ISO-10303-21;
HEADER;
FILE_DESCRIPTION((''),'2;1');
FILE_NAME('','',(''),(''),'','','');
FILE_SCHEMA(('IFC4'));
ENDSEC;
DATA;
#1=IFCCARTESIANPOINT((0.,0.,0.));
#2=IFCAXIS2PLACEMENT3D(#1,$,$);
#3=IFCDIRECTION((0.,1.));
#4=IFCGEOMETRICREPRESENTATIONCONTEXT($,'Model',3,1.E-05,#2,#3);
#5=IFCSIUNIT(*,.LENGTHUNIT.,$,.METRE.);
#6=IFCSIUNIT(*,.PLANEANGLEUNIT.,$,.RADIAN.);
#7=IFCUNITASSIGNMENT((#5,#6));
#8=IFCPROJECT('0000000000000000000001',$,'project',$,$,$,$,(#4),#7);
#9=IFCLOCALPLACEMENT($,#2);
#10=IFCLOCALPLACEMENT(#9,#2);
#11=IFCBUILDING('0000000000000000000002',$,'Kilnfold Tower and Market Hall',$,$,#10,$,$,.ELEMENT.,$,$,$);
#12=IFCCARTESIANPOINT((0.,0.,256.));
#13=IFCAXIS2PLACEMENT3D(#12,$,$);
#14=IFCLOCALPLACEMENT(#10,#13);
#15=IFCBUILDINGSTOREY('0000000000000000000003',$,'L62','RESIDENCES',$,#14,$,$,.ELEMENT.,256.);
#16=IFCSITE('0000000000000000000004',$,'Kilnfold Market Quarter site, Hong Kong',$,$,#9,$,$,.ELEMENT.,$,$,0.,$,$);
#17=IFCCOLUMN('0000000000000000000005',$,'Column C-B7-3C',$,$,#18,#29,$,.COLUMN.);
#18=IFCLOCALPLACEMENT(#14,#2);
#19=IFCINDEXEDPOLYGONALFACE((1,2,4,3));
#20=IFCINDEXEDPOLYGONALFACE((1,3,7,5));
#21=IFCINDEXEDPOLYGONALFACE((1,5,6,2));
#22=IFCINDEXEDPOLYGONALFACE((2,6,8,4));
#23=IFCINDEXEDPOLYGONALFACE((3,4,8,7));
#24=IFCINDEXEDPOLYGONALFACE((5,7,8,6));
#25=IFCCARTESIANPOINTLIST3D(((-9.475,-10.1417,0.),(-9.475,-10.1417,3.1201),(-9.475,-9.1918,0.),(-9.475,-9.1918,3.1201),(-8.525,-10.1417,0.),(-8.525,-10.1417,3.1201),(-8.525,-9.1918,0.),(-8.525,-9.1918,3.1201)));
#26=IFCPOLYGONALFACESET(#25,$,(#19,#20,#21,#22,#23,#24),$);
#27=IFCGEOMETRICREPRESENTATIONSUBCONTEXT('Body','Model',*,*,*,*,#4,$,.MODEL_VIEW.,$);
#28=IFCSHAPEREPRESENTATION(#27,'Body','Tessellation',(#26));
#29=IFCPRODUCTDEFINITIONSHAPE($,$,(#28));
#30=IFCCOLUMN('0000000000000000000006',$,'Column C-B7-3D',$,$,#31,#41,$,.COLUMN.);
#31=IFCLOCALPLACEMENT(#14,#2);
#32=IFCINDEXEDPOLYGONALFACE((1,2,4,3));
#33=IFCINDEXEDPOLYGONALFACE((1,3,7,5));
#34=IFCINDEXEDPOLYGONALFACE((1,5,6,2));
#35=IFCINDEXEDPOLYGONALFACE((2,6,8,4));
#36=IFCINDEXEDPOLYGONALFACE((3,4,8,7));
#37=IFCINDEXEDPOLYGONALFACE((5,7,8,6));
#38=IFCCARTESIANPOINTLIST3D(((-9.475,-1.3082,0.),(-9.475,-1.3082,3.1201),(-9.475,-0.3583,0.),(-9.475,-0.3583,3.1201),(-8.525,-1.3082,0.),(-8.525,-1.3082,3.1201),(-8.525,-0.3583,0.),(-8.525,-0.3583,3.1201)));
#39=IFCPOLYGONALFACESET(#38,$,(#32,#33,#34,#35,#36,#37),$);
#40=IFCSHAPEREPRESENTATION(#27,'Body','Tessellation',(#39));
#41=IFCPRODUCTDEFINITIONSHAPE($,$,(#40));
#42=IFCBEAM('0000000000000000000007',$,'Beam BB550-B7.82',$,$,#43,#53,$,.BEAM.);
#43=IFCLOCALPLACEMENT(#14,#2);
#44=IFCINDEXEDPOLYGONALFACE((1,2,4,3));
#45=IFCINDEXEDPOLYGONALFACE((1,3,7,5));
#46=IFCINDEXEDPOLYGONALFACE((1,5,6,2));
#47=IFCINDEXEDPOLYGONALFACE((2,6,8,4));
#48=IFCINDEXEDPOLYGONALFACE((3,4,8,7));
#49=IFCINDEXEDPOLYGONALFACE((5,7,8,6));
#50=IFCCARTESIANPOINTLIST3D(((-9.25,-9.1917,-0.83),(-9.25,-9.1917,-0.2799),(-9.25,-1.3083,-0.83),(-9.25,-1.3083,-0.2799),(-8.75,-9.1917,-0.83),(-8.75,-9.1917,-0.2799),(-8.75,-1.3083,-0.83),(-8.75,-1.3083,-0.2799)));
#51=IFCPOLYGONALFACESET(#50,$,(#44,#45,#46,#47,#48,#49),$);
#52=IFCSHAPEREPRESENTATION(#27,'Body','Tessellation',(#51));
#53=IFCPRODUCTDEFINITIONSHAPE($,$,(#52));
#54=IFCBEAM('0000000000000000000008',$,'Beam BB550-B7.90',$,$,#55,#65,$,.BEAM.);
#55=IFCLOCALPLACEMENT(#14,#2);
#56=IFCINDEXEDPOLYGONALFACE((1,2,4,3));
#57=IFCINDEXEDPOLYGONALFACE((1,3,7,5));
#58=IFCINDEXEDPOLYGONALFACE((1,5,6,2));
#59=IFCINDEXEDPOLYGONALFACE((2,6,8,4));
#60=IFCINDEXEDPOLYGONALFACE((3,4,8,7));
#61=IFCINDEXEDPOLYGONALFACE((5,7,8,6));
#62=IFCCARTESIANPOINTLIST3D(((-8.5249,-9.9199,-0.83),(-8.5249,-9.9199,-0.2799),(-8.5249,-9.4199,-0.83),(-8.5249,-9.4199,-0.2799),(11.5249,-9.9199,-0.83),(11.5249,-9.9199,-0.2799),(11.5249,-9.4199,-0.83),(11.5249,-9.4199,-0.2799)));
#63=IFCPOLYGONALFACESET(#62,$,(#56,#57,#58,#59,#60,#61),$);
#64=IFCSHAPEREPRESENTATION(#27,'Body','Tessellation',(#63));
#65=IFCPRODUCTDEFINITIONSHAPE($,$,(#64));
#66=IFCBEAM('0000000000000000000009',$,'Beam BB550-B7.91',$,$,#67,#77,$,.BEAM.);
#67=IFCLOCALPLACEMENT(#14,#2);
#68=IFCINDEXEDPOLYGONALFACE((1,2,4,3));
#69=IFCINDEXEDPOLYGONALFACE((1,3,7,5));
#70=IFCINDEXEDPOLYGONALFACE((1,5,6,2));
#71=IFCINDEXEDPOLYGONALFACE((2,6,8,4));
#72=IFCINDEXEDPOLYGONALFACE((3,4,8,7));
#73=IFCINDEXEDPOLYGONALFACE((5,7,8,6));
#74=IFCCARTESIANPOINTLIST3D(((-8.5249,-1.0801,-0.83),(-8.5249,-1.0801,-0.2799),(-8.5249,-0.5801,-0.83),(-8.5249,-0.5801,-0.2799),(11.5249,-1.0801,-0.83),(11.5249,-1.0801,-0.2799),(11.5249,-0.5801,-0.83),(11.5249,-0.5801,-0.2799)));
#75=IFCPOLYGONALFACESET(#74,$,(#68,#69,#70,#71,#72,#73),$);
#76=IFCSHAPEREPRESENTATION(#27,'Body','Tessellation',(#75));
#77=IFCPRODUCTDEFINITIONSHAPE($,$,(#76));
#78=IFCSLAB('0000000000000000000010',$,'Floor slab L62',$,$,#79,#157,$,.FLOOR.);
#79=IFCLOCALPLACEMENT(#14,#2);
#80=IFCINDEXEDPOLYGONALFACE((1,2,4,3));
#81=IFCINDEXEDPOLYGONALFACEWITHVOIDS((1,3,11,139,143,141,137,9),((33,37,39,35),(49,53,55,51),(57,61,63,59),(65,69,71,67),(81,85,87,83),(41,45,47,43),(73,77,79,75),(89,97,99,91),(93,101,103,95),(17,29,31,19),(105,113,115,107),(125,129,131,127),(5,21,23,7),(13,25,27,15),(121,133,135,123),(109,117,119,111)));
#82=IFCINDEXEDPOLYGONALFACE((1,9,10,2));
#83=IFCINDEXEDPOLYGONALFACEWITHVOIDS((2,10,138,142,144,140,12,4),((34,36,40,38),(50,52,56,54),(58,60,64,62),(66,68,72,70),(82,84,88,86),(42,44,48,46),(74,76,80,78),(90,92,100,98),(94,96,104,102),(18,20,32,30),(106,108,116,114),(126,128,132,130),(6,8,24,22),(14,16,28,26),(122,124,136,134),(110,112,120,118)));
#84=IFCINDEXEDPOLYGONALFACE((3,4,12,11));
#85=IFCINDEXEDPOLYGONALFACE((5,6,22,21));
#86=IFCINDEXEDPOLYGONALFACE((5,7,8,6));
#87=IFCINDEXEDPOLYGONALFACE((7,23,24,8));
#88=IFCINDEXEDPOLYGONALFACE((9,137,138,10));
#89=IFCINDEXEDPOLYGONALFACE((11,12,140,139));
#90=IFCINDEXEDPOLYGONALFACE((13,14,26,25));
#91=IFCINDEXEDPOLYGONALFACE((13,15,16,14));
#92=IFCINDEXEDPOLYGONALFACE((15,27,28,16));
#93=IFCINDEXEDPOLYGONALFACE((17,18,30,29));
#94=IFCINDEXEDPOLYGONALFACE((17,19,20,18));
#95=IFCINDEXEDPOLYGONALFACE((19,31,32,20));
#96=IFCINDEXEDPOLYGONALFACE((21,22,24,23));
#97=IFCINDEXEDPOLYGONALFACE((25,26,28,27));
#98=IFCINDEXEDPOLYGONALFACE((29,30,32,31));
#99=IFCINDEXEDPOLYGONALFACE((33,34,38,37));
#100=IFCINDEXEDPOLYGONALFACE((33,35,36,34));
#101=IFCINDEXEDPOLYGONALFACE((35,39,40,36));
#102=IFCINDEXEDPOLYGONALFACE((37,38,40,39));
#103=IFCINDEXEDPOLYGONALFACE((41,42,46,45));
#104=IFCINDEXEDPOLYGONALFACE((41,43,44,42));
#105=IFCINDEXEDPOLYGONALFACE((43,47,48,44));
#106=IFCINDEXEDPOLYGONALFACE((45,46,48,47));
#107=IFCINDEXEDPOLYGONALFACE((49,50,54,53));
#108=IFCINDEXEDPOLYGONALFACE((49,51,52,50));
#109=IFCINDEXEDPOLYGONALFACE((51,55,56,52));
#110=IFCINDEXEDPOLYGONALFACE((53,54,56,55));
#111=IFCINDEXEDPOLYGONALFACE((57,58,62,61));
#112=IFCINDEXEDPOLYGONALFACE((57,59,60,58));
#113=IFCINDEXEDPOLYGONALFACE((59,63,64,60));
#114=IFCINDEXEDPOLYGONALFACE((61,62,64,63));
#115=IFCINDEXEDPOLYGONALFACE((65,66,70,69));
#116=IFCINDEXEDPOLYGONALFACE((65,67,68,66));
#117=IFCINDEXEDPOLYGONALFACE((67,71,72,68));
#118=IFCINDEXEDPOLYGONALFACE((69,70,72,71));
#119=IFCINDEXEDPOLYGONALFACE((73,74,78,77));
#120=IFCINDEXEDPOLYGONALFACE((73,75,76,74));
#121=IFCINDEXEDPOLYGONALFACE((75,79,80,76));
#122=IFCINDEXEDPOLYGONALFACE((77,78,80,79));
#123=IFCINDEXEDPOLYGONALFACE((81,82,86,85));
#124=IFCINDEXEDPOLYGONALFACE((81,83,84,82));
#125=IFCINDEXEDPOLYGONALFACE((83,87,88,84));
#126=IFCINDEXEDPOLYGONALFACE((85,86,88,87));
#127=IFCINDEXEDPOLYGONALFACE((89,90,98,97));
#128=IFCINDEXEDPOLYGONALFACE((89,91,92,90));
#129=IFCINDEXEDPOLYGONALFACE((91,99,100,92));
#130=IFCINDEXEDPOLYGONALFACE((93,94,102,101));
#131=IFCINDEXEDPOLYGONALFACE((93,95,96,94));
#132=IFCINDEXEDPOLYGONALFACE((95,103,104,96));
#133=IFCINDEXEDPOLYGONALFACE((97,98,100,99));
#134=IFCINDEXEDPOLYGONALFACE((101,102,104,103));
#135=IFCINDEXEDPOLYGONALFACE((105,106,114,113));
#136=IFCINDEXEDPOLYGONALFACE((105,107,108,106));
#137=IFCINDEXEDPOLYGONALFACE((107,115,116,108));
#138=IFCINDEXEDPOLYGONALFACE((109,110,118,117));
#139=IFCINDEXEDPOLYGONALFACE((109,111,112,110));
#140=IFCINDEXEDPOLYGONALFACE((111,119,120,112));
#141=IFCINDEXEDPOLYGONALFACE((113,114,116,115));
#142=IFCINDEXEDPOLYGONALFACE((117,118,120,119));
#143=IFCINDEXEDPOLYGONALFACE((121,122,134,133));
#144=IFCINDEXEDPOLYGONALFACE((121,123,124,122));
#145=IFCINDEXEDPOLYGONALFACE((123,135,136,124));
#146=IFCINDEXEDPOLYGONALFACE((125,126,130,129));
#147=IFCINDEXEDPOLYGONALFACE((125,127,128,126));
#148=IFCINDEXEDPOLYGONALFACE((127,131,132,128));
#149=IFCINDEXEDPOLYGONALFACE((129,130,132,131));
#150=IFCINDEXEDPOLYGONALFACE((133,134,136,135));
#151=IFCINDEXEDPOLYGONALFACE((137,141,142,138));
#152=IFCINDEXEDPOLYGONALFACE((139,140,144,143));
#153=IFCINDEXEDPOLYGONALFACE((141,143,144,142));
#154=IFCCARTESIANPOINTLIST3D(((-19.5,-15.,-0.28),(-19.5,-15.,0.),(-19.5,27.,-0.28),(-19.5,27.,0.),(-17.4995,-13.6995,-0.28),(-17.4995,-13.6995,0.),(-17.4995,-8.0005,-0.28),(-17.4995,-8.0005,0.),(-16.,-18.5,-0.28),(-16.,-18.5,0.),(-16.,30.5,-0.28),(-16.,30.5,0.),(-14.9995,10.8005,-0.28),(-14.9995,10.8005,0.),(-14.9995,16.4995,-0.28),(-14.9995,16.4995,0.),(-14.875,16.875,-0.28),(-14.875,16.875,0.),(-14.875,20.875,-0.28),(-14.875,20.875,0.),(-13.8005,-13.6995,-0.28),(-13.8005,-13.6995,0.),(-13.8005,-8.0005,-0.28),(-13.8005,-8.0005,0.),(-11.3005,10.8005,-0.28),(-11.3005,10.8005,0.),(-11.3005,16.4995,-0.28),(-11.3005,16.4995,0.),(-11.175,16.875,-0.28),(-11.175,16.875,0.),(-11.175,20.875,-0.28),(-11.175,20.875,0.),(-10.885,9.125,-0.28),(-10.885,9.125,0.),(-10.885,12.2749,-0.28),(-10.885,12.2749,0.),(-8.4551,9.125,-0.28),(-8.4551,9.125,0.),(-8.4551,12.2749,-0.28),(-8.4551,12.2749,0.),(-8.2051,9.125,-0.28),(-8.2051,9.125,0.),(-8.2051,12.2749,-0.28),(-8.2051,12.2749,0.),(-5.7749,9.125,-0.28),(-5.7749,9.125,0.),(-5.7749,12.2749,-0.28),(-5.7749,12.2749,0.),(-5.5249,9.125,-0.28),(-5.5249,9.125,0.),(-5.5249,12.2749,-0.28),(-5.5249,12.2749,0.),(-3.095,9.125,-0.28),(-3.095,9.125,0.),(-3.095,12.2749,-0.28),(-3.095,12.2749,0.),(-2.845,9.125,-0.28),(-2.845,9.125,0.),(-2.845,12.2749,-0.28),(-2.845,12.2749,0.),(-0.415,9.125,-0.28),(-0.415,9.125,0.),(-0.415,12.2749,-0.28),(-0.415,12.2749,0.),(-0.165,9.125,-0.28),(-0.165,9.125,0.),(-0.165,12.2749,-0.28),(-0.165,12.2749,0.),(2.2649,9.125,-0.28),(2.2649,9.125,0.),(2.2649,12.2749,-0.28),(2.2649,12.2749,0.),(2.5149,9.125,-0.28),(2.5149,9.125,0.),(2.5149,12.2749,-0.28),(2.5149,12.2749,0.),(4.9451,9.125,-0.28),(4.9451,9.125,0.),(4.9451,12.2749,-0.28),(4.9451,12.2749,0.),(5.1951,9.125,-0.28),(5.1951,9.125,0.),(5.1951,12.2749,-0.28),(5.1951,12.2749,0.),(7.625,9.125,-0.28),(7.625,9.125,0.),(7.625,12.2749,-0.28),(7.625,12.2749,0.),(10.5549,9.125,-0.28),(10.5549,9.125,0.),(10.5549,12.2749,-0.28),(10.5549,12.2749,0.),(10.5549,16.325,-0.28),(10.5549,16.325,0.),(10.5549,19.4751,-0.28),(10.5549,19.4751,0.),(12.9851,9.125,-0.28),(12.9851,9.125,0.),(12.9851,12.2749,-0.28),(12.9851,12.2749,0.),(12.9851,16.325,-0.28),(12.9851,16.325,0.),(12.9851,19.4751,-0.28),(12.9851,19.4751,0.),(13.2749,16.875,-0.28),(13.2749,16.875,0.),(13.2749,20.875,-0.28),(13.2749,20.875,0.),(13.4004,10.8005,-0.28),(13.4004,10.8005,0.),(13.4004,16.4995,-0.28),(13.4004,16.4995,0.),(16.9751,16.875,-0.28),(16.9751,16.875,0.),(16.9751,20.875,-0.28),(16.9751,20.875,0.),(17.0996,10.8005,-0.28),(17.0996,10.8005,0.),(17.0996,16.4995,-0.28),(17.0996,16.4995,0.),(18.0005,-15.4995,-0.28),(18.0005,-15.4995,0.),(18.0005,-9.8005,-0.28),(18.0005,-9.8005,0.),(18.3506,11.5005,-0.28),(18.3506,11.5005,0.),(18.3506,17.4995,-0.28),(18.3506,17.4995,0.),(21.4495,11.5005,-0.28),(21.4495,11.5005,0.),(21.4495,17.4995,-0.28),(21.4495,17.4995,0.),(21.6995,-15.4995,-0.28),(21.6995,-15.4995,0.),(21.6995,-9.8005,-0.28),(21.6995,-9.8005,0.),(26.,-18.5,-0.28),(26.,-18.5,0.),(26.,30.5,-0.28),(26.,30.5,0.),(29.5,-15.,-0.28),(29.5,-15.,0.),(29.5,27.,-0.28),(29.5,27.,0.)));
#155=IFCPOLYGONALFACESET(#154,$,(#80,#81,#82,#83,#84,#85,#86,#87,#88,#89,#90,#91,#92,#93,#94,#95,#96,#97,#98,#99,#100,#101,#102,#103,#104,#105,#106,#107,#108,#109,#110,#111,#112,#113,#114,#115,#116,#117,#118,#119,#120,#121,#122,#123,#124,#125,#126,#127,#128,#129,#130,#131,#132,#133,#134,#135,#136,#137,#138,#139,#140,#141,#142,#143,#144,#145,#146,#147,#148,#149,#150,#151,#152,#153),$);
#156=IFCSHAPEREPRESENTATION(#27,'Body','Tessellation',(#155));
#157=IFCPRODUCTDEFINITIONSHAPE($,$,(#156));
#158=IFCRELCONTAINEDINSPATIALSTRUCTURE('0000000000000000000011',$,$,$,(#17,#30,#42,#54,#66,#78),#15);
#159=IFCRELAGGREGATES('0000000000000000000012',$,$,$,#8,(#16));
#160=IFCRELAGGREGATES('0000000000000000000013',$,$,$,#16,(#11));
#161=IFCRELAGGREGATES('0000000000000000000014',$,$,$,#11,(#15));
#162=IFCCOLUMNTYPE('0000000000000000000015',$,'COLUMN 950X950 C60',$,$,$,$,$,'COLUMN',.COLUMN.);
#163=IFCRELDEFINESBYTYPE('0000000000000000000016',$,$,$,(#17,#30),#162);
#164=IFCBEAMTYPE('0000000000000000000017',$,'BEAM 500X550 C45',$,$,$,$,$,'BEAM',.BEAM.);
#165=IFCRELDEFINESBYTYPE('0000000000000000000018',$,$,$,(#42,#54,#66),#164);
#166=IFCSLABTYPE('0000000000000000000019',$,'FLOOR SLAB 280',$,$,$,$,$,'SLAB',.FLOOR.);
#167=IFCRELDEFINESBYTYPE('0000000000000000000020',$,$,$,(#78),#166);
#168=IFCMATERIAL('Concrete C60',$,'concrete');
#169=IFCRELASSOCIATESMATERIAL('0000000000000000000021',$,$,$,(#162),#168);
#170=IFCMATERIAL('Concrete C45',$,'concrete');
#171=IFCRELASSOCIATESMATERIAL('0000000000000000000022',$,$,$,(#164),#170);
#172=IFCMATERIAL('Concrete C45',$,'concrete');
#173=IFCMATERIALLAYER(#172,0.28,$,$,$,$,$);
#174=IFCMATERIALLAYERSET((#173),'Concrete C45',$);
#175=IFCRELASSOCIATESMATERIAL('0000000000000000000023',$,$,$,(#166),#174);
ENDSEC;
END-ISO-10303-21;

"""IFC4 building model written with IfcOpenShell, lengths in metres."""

from ifc_helpers import new_model, si_unit, direction, frame, origin, origin_2d, place, context, subcontext, project, spatial, polyline, rectangle, outline, extrude, source, transform, mapped, material, layer, layer_set, material_profile, profile_set, type_object, element, save


model = new_model("IFC4")

# Units and contexts
model_context = context("Model", 3, precision=1e-05, world=origin(), true_north=direction((0.0, 1.0)))
body_context = subcontext(model_context, "Body", "Model", "MODEL_VIEW")
ifc_project = project(units=[si_unit("LENGTHUNIT", "METRE"), si_unit("PLANEANGLEUNIT", "RADIAN")], contexts=[model_context])

# Site, building, storey
site_placement = place(None, origin())
site = spatial("IfcSite", under=ifc_project, at=site_placement, Name="Kilnfold Market Quarter site, Hong Kong", CompositionType="ELEMENT", RefElevation=0.0)
building_placement = place(site_placement, origin())
building = spatial("IfcBuilding", under=site, at=building_placement, Name="Kilnfold Tower and Market Hall", CompositionType="ELEMENT")
storey_placement = place(building_placement, frame((0.0, 0.0, 256.0)))
storey = spatial("IfcBuildingStorey", under=building, at=storey_placement, Name="L62", Description="RESIDENCES", CompositionType="ELEMENT", Elevation=256.0)

# Columns
ifc_material_1 = material(Name="Concrete C60", Category="concrete")
ifc_material_profile_1 = material_profile(ifc_material_1, rectangle(XDim=0.95, YDim=0.95, at=origin_2d()), Name="RC 950x950")
ifc_profile_set_1 = profile_set([ifc_material_profile_1], Name="Concrete C60")
column_type = type_object("IfcColumnType", Name="COLUMN 950X950 C60", ElementType="COLUMN", PredefinedType="COLUMN", material=ifc_profile_set_1)
shared_shape_1 = source(origin(), body_context, "Body", "SweptSolid", [
    extrude(rectangle(XDim=0.95, YDim=0.95, at=origin_2d()), origin(), (0.0, 0.0, 1.0), 3.1201),
])
for number, where, z_axis, x_axis, name in (
    (1, (-9.0, -9.6667, 0.0), (0.0, 0.0, 1.0), (1.0, 0.0, 0.0), "Column C-B7-3C"),
    (2, (-9.0, -0.8333, 0.0), (0.0, 0.0, 1.0), (1.0, 0.0, 0.0), "Column C-B7-3D"),
):
    element("IfcColumn", number, at=place(storey_placement, frame(where, z_axis=z_axis, x_axis=x_axis)), inside=storey, type_object=column_type, Name=name, PredefinedType="COLUMN", context=body_context, shape_type="MappedRepresentation", body=[
        mapped(shared_shape_1, transform((0.0, 0.0, 0.0))),
    ])

# Beams
ifc_material_2 = material(Name="Concrete C45", Category="concrete")
ifc_material_profile_2 = material_profile(ifc_material_2, rectangle(XDim=0.5, YDim=0.55, at=origin_2d()), Name="RC 500x550")
ifc_profile_set_2 = profile_set([ifc_material_profile_2], Name="Concrete C45")
beam_type = type_object("IfcBeamType", Name="BEAM 500X550 C45", ElementType="BEAM", PredefinedType="BEAM", material=ifc_profile_set_2)
shared_shape_2 = source(origin(), body_context, "Body", "SweptSolid", [
    extrude(rectangle(XDim=0.5, YDim=0.55, at=origin_2d()), origin(), (0.0, 0.0, 1.0), 7.8833),
])
beam_placement = place(storey_placement, frame((-9.0, -9.1917, -0.5549), z_axis=(0.0, 1.0, 0.0), x_axis=(-1.0, 0.0, 0.0)))
element("IfcBeam", 3, at=beam_placement, inside=storey, type_object=beam_type, Name="Beam BB550-B7.82", PredefinedType="BEAM", context=body_context, shape_type="MappedRepresentation", body=[
    mapped(shared_shape_2, transform((0.0, 0.0, 0.0))),
])
shared_shape_3 = source(origin(), body_context, "Body", "SweptSolid", [
    extrude(rectangle(XDim=0.5, YDim=0.55, at=origin_2d()), origin(), (0.0, 0.0, 1.0), 20.0498),
])
for number, where, z_axis, x_axis, name in (
    (4, (-8.5249, -9.6699, -0.5549), (1.0, 0.0, 0.0), (0.0, 1.0, 0.0), "Beam BB550-B7.90"),
    (5, (-8.5249, -0.8301, -0.5549), (1.0, 0.0, 0.0), (0.0, 1.0, 0.0), "Beam BB550-B7.91"),
):
    element("IfcBeam", number, at=place(storey_placement, frame(where, z_axis=z_axis, x_axis=x_axis)), inside=storey, type_object=beam_type, Name=name, PredefinedType="BEAM", context=body_context, shape_type="MappedRepresentation", body=[
        mapped(shared_shape_3, transform((0.0, 0.0, 0.0))),
    ])

# Slab
ifc_material_3 = material(Name="Concrete C45", Category="concrete")
ifc_layer_1 = layer(ifc_material_3, 0.28)
ifc_layer_set_1 = layer_set([ifc_layer_1], Name="Concrete C45")
slab_type_1 = type_object("IfcSlabType", Name="FLOOR SLAB 280", ElementType="SLAB", PredefinedType="FLOOR", material=ifc_layer_set_1)
shared_shape_4 = source(origin(), body_context, "Body", "SweptSolid", [
    extrude(outline(polyline([(-16.0, -18.5), (26.0, -18.5), (29.5, -15.0), (29.5, 27.0), (26.0, 30.5), (-16.0, 30.5), (-19.5, 27.0), (-19.5, -15.0), (-16.0, -18.5)]), holes=[polyline([(-13.8005, -13.6995), (-17.4995, -13.6995), (-17.4995, -8.0005), (-13.8005, -8.0005), (-13.8005, -13.6995)]), polyline([(-11.3005, 10.8005), (-14.9995, 10.8005), (-14.9995, 16.4995), (-11.3005, 16.4995), (-11.3005, 10.8005)]), polyline([(-11.175, 16.875), (-14.875, 16.875), (-14.875, 20.875), (-11.175, 20.875), (-11.175, 16.875)]), polyline([(-8.4551, 9.125), (-10.885, 9.125), (-10.885, 12.2749), (-8.4551, 12.2749), (-8.4551, 9.125)]), polyline([(-5.7749, 9.125), (-8.2051, 9.125), (-8.2051, 12.2749), (-5.7749, 12.2749), (-5.7749, 9.125)]), polyline([(-3.095, 9.125), (-5.5249, 9.125), (-5.5249, 12.2749), (-3.095, 12.2749), (-3.095, 9.125)]), polyline([(-0.415, 9.125), (-2.845, 9.125), (-2.845, 12.2749), (-0.415, 12.2749), (-0.415, 9.125)]), polyline([(2.2649, 9.125), (-0.165, 9.125), (-0.165, 12.2749), (2.2649, 12.2749), (2.2649, 9.125)]), polyline([(4.9451, 9.125), (2.5149, 9.125), (2.5149, 12.2749), (4.9451, 12.2749), (4.9451, 9.125)]), polyline([(7.625, 9.125), (5.1951, 9.125), (5.1951, 12.2749), (7.625, 12.2749), (7.625, 9.125)]), polyline([(12.9851, 9.125), (10.5549, 9.125), (10.5549, 12.2749), (12.9851, 12.2749), (12.9851, 9.125)]), polyline([(12.9851, 16.325), (10.5549, 16.325), (10.5549, 19.4751), (12.9851, 19.4751), (12.9851, 16.325)]), polyline([(16.9751, 16.875), (13.2749, 16.875), (13.2749, 20.875), (16.9751, 20.875), (16.9751, 16.875)]), polyline([(17.0996, 10.8005), (13.4004, 10.8005), (13.4004, 16.4995), (17.0996, 16.4995), (17.0996, 10.8005)]), polyline([(18.0005, -9.8005), (21.6995, -9.8005), (21.6995, -15.4995), (18.0005, -15.4995), (18.0005, -9.8005)]), polyline([(21.4495, 11.5005), (18.3506, 11.5005), (18.3506, 17.4995), (21.4495, 17.4995), (21.4495, 11.5005)])]), origin(), (0.0, 0.0, 1.0), 0.28),
])
slab_1_placement = place(storey_placement, frame((0.0, 0.0, -0.28)))
element("IfcSlab", 6, at=slab_1_placement, inside=storey, type_object=slab_type_1, Name="Floor slab L62", PredefinedType="FLOOR", context=body_context, shape_type="MappedRepresentation", body=[
    mapped(shared_shape_4, transform((0.0, 0.0, 0.0))),
])

save(model, "model.ifc")
